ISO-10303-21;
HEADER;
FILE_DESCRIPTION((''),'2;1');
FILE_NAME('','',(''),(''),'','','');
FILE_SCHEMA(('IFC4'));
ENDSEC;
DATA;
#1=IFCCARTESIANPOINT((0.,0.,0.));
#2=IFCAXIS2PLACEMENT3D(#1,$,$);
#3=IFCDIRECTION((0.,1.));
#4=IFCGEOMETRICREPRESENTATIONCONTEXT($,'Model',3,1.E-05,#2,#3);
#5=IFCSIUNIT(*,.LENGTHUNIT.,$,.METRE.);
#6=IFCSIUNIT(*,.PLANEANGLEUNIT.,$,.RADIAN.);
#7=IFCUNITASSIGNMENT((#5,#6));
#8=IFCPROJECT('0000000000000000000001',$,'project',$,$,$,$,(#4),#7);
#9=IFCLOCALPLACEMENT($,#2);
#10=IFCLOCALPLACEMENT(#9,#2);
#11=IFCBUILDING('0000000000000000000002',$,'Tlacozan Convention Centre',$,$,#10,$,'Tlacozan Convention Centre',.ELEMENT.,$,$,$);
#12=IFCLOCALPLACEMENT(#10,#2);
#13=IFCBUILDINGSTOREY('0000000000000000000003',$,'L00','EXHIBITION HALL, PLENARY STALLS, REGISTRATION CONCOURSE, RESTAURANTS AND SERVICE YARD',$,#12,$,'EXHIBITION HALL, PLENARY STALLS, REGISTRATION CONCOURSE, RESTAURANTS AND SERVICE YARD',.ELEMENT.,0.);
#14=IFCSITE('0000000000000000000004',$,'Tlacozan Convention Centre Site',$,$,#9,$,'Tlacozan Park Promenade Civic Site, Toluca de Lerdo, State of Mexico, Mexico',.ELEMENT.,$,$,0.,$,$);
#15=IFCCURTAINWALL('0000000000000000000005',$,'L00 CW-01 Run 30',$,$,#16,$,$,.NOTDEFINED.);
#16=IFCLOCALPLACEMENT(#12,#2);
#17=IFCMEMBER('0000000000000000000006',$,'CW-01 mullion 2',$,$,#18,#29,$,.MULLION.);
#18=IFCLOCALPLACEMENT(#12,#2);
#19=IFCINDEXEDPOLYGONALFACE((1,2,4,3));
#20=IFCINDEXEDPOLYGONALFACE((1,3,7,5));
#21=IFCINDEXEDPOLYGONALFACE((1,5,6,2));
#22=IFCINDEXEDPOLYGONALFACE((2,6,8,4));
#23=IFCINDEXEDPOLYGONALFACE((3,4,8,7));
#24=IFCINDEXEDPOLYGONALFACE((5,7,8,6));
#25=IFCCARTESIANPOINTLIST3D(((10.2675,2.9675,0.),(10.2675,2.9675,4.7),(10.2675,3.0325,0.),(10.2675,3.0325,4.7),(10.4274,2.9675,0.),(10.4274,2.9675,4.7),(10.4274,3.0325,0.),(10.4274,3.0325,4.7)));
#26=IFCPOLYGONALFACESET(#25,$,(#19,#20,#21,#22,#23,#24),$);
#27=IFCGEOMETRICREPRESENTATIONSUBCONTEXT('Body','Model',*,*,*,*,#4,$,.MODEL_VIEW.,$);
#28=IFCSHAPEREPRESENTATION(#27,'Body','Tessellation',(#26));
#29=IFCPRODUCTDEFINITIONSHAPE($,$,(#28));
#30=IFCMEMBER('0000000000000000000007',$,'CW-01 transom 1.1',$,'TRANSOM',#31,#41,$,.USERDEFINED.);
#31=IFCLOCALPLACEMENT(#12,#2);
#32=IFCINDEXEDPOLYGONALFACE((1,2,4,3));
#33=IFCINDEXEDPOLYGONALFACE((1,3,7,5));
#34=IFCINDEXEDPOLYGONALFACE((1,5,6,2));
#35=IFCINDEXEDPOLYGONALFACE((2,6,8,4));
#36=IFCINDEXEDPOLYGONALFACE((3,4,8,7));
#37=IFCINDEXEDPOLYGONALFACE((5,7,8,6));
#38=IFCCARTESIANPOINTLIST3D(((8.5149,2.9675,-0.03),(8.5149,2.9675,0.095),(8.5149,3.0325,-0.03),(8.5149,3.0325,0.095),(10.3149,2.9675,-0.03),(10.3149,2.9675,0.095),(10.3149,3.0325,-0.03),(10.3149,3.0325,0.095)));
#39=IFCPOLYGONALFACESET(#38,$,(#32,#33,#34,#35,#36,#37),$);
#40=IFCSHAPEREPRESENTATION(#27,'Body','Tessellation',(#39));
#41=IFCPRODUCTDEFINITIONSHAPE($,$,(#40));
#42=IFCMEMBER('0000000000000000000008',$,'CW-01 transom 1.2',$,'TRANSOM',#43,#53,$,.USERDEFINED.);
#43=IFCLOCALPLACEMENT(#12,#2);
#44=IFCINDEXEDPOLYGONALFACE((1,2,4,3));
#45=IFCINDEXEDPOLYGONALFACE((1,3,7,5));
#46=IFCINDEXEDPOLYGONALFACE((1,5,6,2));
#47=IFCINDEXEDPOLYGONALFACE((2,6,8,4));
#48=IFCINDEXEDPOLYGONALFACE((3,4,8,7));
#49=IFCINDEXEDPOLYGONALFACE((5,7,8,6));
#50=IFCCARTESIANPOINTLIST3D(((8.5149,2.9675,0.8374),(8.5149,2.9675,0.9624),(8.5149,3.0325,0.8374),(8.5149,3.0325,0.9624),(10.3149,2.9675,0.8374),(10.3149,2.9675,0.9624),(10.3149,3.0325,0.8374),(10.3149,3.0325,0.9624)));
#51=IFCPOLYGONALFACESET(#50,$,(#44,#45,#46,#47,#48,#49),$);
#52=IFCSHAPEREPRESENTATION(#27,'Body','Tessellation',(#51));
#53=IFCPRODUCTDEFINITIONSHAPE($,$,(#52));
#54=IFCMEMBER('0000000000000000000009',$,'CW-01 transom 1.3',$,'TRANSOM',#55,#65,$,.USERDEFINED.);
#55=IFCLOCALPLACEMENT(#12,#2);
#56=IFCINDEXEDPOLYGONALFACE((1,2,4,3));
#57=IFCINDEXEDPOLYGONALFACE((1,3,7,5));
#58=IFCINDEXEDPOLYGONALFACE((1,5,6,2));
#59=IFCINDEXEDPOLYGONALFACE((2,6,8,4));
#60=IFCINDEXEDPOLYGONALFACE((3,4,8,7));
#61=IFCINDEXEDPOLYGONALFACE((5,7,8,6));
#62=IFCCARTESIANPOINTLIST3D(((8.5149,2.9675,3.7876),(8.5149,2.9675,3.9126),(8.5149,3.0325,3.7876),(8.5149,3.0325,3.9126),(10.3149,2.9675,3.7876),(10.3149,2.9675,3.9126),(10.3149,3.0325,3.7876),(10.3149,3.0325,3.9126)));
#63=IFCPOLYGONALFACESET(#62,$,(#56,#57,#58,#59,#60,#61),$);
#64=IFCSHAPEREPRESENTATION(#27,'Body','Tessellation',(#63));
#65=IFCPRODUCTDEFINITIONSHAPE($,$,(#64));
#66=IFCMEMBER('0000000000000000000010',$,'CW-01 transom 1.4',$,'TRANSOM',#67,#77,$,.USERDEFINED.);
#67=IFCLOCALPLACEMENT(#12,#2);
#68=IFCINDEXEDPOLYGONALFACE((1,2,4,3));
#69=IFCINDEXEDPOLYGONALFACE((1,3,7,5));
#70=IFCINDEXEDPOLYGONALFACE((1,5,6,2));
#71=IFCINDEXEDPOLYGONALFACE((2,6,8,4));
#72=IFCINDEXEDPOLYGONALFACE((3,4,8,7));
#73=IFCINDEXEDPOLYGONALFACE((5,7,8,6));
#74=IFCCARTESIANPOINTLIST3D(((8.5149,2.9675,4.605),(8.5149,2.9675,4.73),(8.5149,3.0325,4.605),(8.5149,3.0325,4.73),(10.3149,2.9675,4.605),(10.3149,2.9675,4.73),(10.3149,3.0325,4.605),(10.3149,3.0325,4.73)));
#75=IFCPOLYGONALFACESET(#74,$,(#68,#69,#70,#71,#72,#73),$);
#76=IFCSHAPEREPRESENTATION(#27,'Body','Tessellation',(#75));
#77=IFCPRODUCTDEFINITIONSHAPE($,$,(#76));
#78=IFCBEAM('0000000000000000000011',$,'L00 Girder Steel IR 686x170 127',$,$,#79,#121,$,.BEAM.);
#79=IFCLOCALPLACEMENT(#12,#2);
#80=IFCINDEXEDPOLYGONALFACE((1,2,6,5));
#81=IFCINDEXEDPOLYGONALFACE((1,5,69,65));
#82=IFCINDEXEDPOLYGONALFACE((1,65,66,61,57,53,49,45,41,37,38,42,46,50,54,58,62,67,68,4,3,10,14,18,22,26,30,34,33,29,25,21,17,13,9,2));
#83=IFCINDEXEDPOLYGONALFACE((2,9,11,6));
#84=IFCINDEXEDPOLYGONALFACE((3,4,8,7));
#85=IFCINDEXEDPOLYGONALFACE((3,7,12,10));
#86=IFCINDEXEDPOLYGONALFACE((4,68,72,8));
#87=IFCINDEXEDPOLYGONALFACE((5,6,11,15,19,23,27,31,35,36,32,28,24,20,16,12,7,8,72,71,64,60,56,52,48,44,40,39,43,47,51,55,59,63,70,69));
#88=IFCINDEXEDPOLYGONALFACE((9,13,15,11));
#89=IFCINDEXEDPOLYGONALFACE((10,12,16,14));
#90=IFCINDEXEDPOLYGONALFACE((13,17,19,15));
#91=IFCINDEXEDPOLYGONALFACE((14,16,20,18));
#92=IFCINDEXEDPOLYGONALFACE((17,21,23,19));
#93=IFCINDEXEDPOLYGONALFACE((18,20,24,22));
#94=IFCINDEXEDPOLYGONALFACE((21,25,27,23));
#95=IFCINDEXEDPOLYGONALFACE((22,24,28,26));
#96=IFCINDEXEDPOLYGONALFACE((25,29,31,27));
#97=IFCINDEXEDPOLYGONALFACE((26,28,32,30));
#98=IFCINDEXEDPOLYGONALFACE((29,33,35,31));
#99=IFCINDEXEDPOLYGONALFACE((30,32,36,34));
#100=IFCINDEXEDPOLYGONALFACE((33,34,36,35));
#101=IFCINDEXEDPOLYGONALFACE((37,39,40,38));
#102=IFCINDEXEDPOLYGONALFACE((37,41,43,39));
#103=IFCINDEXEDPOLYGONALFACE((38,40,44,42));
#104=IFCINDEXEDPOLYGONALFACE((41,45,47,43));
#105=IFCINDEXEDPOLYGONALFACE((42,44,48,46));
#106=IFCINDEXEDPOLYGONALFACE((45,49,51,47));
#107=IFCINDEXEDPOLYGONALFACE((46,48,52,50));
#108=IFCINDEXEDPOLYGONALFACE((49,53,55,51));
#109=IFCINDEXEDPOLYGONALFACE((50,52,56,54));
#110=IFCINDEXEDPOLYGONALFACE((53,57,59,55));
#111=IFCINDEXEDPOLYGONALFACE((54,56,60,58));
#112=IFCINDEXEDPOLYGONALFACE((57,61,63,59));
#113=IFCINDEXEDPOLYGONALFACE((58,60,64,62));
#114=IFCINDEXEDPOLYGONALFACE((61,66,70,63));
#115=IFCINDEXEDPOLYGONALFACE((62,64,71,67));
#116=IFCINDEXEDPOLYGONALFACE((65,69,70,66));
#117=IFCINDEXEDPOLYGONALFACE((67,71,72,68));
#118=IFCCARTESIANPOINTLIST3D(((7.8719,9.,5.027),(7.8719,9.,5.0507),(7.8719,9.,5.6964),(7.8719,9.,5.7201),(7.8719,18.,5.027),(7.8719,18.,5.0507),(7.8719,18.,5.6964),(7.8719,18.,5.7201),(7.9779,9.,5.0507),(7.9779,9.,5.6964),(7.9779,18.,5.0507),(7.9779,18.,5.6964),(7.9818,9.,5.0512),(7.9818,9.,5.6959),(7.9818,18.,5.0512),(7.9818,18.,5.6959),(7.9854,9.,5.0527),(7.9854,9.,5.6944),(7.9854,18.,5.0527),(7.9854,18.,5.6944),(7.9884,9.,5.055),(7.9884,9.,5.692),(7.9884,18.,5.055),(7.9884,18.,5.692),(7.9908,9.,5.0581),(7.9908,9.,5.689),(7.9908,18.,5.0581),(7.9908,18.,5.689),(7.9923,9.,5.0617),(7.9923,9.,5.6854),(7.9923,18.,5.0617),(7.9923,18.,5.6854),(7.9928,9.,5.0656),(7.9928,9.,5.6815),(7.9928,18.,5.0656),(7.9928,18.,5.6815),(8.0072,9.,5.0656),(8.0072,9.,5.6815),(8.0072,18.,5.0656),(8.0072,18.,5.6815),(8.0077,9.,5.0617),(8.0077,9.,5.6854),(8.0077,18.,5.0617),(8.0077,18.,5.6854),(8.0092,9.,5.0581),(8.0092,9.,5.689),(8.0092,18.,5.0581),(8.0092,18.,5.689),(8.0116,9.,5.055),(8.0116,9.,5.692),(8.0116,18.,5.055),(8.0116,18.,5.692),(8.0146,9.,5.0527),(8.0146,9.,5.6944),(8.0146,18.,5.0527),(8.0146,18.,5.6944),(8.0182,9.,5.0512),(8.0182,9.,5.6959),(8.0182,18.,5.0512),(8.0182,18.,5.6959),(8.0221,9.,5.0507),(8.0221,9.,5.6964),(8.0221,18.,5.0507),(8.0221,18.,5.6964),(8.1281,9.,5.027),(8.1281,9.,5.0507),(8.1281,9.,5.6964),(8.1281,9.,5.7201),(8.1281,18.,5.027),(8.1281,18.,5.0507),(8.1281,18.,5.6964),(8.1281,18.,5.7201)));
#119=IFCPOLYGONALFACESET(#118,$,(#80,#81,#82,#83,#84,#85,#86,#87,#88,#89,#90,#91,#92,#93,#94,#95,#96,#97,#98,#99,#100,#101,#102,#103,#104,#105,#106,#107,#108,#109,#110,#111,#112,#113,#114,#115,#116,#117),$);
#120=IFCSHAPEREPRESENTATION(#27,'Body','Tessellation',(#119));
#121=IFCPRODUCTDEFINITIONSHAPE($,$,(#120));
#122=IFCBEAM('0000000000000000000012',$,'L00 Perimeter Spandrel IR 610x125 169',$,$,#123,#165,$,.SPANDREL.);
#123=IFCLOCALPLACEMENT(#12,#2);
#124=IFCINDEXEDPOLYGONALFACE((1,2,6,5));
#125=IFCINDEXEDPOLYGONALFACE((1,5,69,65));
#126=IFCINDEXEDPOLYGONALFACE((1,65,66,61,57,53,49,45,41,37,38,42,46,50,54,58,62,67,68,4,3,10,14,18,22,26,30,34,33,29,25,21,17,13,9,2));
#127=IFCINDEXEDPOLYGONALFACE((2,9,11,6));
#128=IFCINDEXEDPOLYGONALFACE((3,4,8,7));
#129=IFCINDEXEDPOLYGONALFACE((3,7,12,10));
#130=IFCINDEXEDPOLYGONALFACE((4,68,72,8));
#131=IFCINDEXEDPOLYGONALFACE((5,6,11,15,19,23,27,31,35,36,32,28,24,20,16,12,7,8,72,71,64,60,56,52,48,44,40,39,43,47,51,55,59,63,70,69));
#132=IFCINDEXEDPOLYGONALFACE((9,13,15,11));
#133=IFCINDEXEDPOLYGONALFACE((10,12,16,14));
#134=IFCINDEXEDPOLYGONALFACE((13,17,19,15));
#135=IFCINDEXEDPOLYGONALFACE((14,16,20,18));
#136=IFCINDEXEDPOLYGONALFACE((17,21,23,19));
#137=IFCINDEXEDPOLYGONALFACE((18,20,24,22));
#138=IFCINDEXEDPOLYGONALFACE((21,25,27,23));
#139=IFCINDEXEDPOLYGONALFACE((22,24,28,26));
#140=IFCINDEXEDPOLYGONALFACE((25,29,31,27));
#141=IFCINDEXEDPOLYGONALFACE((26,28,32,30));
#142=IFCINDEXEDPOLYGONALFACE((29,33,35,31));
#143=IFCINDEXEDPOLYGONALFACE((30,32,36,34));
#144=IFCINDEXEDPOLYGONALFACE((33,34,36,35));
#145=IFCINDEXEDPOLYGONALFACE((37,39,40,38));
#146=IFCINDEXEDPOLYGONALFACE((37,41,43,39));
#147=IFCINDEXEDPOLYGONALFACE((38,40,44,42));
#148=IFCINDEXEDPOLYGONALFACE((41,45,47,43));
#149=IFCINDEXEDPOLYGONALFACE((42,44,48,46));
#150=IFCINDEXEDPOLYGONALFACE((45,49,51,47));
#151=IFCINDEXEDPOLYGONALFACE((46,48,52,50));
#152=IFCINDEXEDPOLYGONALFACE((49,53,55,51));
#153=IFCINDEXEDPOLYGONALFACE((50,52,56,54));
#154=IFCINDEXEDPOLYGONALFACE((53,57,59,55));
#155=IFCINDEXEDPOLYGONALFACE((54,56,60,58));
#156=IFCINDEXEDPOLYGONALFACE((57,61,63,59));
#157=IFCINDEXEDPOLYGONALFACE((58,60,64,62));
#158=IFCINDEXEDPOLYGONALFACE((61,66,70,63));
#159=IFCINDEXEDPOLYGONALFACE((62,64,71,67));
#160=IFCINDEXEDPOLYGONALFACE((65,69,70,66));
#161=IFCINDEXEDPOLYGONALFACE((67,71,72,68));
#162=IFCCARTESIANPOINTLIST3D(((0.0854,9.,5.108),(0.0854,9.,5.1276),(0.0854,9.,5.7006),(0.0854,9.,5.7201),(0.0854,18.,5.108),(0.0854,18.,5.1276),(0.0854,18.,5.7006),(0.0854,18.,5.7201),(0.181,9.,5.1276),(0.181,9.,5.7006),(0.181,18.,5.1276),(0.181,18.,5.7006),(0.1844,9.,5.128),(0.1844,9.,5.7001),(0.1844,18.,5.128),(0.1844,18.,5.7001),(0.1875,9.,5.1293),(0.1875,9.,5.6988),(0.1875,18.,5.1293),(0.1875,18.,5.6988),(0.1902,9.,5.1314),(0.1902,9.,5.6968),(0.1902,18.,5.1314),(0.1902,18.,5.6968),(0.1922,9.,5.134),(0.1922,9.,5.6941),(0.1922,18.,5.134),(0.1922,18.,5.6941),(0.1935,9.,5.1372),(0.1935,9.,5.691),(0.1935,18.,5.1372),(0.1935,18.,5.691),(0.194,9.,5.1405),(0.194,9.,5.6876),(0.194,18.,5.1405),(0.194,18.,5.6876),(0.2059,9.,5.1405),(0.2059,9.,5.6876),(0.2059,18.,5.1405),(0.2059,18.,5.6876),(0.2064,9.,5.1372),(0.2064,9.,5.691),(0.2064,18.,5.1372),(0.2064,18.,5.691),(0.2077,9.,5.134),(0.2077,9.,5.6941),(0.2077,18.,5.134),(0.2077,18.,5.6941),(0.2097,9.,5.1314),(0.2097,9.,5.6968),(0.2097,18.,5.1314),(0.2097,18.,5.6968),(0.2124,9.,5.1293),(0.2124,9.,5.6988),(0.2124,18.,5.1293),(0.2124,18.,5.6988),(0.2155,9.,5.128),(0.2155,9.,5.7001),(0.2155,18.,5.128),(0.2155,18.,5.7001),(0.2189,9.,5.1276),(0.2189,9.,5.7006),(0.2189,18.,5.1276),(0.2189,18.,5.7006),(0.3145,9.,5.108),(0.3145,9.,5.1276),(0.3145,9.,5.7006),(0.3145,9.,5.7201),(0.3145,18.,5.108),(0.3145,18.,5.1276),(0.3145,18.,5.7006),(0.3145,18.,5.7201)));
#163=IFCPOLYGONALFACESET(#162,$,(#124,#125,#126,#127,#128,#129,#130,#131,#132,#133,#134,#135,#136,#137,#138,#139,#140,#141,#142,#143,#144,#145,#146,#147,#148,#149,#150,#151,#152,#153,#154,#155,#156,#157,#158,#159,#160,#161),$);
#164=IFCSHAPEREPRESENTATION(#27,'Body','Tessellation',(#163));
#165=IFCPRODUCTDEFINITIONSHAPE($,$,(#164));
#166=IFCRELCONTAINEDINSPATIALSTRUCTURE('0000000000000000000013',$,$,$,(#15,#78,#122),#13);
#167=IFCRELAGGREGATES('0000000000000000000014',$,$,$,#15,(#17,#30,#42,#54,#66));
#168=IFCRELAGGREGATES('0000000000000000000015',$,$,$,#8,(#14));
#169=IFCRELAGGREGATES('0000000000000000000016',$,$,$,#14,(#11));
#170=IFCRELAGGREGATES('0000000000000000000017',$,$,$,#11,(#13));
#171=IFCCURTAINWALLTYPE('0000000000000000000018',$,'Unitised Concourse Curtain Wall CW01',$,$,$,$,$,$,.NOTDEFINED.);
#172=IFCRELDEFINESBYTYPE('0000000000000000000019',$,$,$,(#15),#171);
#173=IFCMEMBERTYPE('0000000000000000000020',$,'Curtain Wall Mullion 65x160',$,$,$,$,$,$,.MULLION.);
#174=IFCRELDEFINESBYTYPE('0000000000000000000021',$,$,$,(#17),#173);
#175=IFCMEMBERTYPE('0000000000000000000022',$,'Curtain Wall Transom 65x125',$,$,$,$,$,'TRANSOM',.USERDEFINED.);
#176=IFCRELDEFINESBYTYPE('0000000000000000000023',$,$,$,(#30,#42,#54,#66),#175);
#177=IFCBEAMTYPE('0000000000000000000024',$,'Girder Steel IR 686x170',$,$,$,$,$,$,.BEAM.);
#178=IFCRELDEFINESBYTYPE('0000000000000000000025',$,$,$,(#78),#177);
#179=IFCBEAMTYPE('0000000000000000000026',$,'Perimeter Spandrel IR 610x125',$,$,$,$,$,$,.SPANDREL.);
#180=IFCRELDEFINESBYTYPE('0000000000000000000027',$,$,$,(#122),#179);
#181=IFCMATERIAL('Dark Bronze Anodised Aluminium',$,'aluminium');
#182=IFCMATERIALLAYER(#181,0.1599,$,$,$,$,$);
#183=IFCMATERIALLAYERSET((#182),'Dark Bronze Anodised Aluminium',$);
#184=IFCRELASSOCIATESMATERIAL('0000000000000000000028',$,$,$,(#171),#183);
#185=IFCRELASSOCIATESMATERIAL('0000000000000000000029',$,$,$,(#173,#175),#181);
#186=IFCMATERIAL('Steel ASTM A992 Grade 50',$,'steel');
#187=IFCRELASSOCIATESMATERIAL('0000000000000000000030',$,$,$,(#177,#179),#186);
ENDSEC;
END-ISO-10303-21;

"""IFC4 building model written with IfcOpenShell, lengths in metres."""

from ifc_helpers import new_model, si_unit, direction, frame, origin, origin_2d, place, context, subcontext, project, spatial, rectangle, i_section, extrude, material, layer, layer_set, material_profile, profile_set, type_object, element, aggregate, save


model = new_model("IFC4")

# Units and contexts
model_context = context("Model", 3, precision=1e-05, world=origin(), true_north=direction((0.0, 1.0)))
body_context = subcontext(model_context, "Body", "Model", "MODEL_VIEW")
ifc_project = project(units=[si_unit("LENGTHUNIT", "METRE"), si_unit("PLANEANGLEUNIT", "RADIAN")], contexts=[model_context])

# Site, building, storey
site_placement = place(None, origin())
site = spatial("IfcSite", under=ifc_project, at=site_placement, Name="Tlacozan Convention Centre Site", LongName="Tlacozan Park Promenade Civic Site, Toluca de Lerdo, State of Mexico, Mexico", CompositionType="ELEMENT", RefElevation=0.0)
building_placement = place(site_placement, origin())
building = spatial("IfcBuilding", under=site, at=building_placement, Name="Tlacozan Convention Centre", LongName="Tlacozan Convention Centre", CompositionType="ELEMENT")
storey_placement = place(building_placement, origin())
storey = spatial("IfcBuildingStorey", under=building, at=storey_placement, Name="L00", Description="EXHIBITION HALL, PLENARY STALLS, REGISTRATION CONCOURSE, RESTAURANTS AND SERVICE YARD", LongName="EXHIBITION HALL, PLENARY STALLS, REGISTRATION CONCOURSE, RESTAURANTS AND SERVICE YARD", CompositionType="ELEMENT", Elevation=0.0)

# Shared definitions
ifc_material_1 = material(Name="Steel ASTM A992 Grade 50", Category="steel")

# Curtain wall, members
ifc_material_2 = material(Name="Dark Bronze Anodised Aluminium", Category="aluminium")
ifc_layer_1 = layer(ifc_material_2, 0.1599)
ifc_layer_set_1 = layer_set([ifc_layer_1], Name="Dark Bronze Anodised Aluminium")
curtain_wall_type = type_object("IfcCurtainWallType", Name="Unitised Concourse Curtain Wall CW01", PredefinedType="NOTDEFINED", material=ifc_layer_set_1)
curtain_wall_placement = place(storey_placement, origin())
curtain_wall = element("IfcCurtainWall", 1, at=curtain_wall_placement, inside=storey, type_object=curtain_wall_type, Name="L00 CW-01 Run 30", PredefinedType="NOTDEFINED")
ifc_material_profile_1 = material_profile(ifc_material_2, rectangle(XDim=0.0649, YDim=0.1599, at=origin_2d()), Name="ALU 65x160")
ifc_profile_set_1 = profile_set([ifc_material_profile_1], Name="Dark Bronze Anodised Aluminium")
member_type_1 = type_object("IfcMemberType", Name="Curtain Wall Mullion 65x160", PredefinedType="MULLION", material=ifc_profile_set_1)
member_1_placement = place(storey_placement, frame((10.3474, 3.0, 0.0), z_axis=(0.0, 0.0, 1.0), x_axis=(0.0, 1.0, 0.0)))
member_1 = element("IfcMember", 2, at=member_1_placement, type_object=member_type_1, Name="CW-01 mullion 2", PredefinedType="MULLION", context=body_context, shape_type="SweptSolid", body=[
    extrude(rectangle(XDim=0.0649, YDim=0.1599, at=origin_2d()), origin(), (0.0, 0.0, 1.0), 4.7),
])
ifc_material_profile_2 = material_profile(ifc_material_2, rectangle(XDim=0.0649, YDim=0.125, at=origin_2d()), Name="ALU 65x125")
ifc_profile_set_2 = profile_set([ifc_material_profile_2], Name="Dark Bronze Anodised Aluminium")
member_type_2 = type_object("IfcMemberType", Name="Curtain Wall Transom 65x125", ElementType="TRANSOM", PredefinedType="USERDEFINED", material=ifc_profile_set_2)
member_2_placement = place(storey_placement, frame((8.5149, 3.0, 0.0325), z_axis=(1.0, 0.0, 0.0), x_axis=(0.0, 1.0, 0.0)))
member_2 = element("IfcMember", 3, at=member_2_placement, type_object=member_type_2, Name="CW-01 transom 1.1", ObjectType="TRANSOM", PredefinedType="USERDEFINED", context=body_context, shape_type="SweptSolid", body=[
    extrude(rectangle(XDim=0.0649, YDim=0.125, at=origin_2d()), origin(), (0.0, 0.0, 1.0), 1.8),
])
member_3_placement = place(storey_placement, frame((8.5149, 3.0, 0.8999), z_axis=(1.0, 0.0, 0.0), x_axis=(0.0, 1.0, 0.0)))
member_3 = element("IfcMember", 4, at=member_3_placement, type_object=member_type_2, Name="CW-01 transom 1.2", ObjectType="TRANSOM", PredefinedType="USERDEFINED", context=body_context, shape_type="SweptSolid", body=[
    extrude(rectangle(XDim=0.0649, YDim=0.125, at=origin_2d()), origin(), (0.0, 0.0, 1.0), 1.8),
])
member_4_placement = place(storey_placement, frame((8.5149, 3.0, 3.8501), z_axis=(1.0, 0.0, 0.0), x_axis=(0.0, 1.0, 0.0)))
member_4 = element("IfcMember", 5, at=member_4_placement, type_object=member_type_2, Name="CW-01 transom 1.3", ObjectType="TRANSOM", PredefinedType="USERDEFINED", context=body_context, shape_type="SweptSolid", body=[
    extrude(rectangle(XDim=0.0649, YDim=0.125, at=origin_2d()), origin(), (0.0, 0.0, 1.0), 1.8),
])
member_5_placement = place(storey_placement, frame((8.5149, 3.0, 4.6675), z_axis=(1.0, 0.0, 0.0), x_axis=(0.0, 1.0, 0.0)))
member_5 = element("IfcMember", 6, at=member_5_placement, type_object=member_type_2, Name="CW-01 transom 1.4", ObjectType="TRANSOM", PredefinedType="USERDEFINED", context=body_context, shape_type="SweptSolid", body=[
    extrude(rectangle(XDim=0.0649, YDim=0.125, at=origin_2d()), origin(), (0.0, 0.0, 1.0), 1.8),
])

# Beams
ifc_material_profile_3 = material_profile(ifc_material_1, i_section(OverallWidth=0.2561, OverallDepth=0.6931, WebThickness=0.0144, FlangeThickness=0.0237, FilletRadius=0.0149, at=origin_2d()), Name="IR 686x170.0")
ifc_profile_set_3 = profile_set([ifc_material_profile_3], Name="Steel ASTM A992 Grade 50")
beam_type_1 = type_object("IfcBeamType", Name="Girder Steel IR 686x170", PredefinedType="BEAM", material=ifc_profile_set_3)
beam_placement = place(storey_placement, frame((8.0, 9.0, 5.3735), z_axis=(0.0, 1.0, 0.0), x_axis=(-1.0, 0.0, 0.0)))
element("IfcBeam", 7, at=beam_placement, inside=storey, type_object=beam_type_1, Name="L00 Girder Steel IR 686x170 127", PredefinedType="BEAM", context=body_context, shape_type="SweptSolid", body=[
    extrude(i_section(OverallWidth=0.2561, OverallDepth=0.6931, WebThickness=0.0144, FlangeThickness=0.0237, FilletRadius=0.0149, at=origin_2d()), origin(), (0.0, 0.0, 1.0), 9.0),
])
ifc_material_profile_4 = material_profile(ifc_material_1, i_section(OverallWidth=0.229, OverallDepth=0.6121, WebThickness=0.012, FlangeThickness=0.0195, FilletRadius=0.0129, at=origin_2d()), Name="IR 610x125.0")
ifc_profile_set_4 = profile_set([ifc_material_profile_4], Name="Steel ASTM A992 Grade 50")
beam_type_2 = type_object("IfcBeamType", Name="Perimeter Spandrel IR 610x125", PredefinedType="SPANDREL", material=ifc_profile_set_4)
for number, where, z_axis, x_axis, name in (
    (8, (0.2, 9.0, 5.4141), (0.0, 1.0, 0.0), (-1.0, 0.0, 0.0), "L00 Perimeter Spandrel IR 610x125 169"),
):
    element("IfcBeam", number, at=place(storey_placement, frame(where, z_axis=z_axis, x_axis=x_axis)), inside=storey, type_object=beam_type_2, Name=name, PredefinedType="SPANDREL", context=body_context, shape_type="SweptSolid", body=[
        extrude(i_section(OverallWidth=0.229, OverallDepth=0.6121, WebThickness=0.012, FlangeThickness=0.0195, FilletRadius=0.0129, at=origin_2d()), origin(), (0.0, 0.0, 1.0), 9.0),
    ])

aggregate(curtain_wall, [member_1, member_2, member_3, member_4, member_5])

save(model, "model.ifc")
